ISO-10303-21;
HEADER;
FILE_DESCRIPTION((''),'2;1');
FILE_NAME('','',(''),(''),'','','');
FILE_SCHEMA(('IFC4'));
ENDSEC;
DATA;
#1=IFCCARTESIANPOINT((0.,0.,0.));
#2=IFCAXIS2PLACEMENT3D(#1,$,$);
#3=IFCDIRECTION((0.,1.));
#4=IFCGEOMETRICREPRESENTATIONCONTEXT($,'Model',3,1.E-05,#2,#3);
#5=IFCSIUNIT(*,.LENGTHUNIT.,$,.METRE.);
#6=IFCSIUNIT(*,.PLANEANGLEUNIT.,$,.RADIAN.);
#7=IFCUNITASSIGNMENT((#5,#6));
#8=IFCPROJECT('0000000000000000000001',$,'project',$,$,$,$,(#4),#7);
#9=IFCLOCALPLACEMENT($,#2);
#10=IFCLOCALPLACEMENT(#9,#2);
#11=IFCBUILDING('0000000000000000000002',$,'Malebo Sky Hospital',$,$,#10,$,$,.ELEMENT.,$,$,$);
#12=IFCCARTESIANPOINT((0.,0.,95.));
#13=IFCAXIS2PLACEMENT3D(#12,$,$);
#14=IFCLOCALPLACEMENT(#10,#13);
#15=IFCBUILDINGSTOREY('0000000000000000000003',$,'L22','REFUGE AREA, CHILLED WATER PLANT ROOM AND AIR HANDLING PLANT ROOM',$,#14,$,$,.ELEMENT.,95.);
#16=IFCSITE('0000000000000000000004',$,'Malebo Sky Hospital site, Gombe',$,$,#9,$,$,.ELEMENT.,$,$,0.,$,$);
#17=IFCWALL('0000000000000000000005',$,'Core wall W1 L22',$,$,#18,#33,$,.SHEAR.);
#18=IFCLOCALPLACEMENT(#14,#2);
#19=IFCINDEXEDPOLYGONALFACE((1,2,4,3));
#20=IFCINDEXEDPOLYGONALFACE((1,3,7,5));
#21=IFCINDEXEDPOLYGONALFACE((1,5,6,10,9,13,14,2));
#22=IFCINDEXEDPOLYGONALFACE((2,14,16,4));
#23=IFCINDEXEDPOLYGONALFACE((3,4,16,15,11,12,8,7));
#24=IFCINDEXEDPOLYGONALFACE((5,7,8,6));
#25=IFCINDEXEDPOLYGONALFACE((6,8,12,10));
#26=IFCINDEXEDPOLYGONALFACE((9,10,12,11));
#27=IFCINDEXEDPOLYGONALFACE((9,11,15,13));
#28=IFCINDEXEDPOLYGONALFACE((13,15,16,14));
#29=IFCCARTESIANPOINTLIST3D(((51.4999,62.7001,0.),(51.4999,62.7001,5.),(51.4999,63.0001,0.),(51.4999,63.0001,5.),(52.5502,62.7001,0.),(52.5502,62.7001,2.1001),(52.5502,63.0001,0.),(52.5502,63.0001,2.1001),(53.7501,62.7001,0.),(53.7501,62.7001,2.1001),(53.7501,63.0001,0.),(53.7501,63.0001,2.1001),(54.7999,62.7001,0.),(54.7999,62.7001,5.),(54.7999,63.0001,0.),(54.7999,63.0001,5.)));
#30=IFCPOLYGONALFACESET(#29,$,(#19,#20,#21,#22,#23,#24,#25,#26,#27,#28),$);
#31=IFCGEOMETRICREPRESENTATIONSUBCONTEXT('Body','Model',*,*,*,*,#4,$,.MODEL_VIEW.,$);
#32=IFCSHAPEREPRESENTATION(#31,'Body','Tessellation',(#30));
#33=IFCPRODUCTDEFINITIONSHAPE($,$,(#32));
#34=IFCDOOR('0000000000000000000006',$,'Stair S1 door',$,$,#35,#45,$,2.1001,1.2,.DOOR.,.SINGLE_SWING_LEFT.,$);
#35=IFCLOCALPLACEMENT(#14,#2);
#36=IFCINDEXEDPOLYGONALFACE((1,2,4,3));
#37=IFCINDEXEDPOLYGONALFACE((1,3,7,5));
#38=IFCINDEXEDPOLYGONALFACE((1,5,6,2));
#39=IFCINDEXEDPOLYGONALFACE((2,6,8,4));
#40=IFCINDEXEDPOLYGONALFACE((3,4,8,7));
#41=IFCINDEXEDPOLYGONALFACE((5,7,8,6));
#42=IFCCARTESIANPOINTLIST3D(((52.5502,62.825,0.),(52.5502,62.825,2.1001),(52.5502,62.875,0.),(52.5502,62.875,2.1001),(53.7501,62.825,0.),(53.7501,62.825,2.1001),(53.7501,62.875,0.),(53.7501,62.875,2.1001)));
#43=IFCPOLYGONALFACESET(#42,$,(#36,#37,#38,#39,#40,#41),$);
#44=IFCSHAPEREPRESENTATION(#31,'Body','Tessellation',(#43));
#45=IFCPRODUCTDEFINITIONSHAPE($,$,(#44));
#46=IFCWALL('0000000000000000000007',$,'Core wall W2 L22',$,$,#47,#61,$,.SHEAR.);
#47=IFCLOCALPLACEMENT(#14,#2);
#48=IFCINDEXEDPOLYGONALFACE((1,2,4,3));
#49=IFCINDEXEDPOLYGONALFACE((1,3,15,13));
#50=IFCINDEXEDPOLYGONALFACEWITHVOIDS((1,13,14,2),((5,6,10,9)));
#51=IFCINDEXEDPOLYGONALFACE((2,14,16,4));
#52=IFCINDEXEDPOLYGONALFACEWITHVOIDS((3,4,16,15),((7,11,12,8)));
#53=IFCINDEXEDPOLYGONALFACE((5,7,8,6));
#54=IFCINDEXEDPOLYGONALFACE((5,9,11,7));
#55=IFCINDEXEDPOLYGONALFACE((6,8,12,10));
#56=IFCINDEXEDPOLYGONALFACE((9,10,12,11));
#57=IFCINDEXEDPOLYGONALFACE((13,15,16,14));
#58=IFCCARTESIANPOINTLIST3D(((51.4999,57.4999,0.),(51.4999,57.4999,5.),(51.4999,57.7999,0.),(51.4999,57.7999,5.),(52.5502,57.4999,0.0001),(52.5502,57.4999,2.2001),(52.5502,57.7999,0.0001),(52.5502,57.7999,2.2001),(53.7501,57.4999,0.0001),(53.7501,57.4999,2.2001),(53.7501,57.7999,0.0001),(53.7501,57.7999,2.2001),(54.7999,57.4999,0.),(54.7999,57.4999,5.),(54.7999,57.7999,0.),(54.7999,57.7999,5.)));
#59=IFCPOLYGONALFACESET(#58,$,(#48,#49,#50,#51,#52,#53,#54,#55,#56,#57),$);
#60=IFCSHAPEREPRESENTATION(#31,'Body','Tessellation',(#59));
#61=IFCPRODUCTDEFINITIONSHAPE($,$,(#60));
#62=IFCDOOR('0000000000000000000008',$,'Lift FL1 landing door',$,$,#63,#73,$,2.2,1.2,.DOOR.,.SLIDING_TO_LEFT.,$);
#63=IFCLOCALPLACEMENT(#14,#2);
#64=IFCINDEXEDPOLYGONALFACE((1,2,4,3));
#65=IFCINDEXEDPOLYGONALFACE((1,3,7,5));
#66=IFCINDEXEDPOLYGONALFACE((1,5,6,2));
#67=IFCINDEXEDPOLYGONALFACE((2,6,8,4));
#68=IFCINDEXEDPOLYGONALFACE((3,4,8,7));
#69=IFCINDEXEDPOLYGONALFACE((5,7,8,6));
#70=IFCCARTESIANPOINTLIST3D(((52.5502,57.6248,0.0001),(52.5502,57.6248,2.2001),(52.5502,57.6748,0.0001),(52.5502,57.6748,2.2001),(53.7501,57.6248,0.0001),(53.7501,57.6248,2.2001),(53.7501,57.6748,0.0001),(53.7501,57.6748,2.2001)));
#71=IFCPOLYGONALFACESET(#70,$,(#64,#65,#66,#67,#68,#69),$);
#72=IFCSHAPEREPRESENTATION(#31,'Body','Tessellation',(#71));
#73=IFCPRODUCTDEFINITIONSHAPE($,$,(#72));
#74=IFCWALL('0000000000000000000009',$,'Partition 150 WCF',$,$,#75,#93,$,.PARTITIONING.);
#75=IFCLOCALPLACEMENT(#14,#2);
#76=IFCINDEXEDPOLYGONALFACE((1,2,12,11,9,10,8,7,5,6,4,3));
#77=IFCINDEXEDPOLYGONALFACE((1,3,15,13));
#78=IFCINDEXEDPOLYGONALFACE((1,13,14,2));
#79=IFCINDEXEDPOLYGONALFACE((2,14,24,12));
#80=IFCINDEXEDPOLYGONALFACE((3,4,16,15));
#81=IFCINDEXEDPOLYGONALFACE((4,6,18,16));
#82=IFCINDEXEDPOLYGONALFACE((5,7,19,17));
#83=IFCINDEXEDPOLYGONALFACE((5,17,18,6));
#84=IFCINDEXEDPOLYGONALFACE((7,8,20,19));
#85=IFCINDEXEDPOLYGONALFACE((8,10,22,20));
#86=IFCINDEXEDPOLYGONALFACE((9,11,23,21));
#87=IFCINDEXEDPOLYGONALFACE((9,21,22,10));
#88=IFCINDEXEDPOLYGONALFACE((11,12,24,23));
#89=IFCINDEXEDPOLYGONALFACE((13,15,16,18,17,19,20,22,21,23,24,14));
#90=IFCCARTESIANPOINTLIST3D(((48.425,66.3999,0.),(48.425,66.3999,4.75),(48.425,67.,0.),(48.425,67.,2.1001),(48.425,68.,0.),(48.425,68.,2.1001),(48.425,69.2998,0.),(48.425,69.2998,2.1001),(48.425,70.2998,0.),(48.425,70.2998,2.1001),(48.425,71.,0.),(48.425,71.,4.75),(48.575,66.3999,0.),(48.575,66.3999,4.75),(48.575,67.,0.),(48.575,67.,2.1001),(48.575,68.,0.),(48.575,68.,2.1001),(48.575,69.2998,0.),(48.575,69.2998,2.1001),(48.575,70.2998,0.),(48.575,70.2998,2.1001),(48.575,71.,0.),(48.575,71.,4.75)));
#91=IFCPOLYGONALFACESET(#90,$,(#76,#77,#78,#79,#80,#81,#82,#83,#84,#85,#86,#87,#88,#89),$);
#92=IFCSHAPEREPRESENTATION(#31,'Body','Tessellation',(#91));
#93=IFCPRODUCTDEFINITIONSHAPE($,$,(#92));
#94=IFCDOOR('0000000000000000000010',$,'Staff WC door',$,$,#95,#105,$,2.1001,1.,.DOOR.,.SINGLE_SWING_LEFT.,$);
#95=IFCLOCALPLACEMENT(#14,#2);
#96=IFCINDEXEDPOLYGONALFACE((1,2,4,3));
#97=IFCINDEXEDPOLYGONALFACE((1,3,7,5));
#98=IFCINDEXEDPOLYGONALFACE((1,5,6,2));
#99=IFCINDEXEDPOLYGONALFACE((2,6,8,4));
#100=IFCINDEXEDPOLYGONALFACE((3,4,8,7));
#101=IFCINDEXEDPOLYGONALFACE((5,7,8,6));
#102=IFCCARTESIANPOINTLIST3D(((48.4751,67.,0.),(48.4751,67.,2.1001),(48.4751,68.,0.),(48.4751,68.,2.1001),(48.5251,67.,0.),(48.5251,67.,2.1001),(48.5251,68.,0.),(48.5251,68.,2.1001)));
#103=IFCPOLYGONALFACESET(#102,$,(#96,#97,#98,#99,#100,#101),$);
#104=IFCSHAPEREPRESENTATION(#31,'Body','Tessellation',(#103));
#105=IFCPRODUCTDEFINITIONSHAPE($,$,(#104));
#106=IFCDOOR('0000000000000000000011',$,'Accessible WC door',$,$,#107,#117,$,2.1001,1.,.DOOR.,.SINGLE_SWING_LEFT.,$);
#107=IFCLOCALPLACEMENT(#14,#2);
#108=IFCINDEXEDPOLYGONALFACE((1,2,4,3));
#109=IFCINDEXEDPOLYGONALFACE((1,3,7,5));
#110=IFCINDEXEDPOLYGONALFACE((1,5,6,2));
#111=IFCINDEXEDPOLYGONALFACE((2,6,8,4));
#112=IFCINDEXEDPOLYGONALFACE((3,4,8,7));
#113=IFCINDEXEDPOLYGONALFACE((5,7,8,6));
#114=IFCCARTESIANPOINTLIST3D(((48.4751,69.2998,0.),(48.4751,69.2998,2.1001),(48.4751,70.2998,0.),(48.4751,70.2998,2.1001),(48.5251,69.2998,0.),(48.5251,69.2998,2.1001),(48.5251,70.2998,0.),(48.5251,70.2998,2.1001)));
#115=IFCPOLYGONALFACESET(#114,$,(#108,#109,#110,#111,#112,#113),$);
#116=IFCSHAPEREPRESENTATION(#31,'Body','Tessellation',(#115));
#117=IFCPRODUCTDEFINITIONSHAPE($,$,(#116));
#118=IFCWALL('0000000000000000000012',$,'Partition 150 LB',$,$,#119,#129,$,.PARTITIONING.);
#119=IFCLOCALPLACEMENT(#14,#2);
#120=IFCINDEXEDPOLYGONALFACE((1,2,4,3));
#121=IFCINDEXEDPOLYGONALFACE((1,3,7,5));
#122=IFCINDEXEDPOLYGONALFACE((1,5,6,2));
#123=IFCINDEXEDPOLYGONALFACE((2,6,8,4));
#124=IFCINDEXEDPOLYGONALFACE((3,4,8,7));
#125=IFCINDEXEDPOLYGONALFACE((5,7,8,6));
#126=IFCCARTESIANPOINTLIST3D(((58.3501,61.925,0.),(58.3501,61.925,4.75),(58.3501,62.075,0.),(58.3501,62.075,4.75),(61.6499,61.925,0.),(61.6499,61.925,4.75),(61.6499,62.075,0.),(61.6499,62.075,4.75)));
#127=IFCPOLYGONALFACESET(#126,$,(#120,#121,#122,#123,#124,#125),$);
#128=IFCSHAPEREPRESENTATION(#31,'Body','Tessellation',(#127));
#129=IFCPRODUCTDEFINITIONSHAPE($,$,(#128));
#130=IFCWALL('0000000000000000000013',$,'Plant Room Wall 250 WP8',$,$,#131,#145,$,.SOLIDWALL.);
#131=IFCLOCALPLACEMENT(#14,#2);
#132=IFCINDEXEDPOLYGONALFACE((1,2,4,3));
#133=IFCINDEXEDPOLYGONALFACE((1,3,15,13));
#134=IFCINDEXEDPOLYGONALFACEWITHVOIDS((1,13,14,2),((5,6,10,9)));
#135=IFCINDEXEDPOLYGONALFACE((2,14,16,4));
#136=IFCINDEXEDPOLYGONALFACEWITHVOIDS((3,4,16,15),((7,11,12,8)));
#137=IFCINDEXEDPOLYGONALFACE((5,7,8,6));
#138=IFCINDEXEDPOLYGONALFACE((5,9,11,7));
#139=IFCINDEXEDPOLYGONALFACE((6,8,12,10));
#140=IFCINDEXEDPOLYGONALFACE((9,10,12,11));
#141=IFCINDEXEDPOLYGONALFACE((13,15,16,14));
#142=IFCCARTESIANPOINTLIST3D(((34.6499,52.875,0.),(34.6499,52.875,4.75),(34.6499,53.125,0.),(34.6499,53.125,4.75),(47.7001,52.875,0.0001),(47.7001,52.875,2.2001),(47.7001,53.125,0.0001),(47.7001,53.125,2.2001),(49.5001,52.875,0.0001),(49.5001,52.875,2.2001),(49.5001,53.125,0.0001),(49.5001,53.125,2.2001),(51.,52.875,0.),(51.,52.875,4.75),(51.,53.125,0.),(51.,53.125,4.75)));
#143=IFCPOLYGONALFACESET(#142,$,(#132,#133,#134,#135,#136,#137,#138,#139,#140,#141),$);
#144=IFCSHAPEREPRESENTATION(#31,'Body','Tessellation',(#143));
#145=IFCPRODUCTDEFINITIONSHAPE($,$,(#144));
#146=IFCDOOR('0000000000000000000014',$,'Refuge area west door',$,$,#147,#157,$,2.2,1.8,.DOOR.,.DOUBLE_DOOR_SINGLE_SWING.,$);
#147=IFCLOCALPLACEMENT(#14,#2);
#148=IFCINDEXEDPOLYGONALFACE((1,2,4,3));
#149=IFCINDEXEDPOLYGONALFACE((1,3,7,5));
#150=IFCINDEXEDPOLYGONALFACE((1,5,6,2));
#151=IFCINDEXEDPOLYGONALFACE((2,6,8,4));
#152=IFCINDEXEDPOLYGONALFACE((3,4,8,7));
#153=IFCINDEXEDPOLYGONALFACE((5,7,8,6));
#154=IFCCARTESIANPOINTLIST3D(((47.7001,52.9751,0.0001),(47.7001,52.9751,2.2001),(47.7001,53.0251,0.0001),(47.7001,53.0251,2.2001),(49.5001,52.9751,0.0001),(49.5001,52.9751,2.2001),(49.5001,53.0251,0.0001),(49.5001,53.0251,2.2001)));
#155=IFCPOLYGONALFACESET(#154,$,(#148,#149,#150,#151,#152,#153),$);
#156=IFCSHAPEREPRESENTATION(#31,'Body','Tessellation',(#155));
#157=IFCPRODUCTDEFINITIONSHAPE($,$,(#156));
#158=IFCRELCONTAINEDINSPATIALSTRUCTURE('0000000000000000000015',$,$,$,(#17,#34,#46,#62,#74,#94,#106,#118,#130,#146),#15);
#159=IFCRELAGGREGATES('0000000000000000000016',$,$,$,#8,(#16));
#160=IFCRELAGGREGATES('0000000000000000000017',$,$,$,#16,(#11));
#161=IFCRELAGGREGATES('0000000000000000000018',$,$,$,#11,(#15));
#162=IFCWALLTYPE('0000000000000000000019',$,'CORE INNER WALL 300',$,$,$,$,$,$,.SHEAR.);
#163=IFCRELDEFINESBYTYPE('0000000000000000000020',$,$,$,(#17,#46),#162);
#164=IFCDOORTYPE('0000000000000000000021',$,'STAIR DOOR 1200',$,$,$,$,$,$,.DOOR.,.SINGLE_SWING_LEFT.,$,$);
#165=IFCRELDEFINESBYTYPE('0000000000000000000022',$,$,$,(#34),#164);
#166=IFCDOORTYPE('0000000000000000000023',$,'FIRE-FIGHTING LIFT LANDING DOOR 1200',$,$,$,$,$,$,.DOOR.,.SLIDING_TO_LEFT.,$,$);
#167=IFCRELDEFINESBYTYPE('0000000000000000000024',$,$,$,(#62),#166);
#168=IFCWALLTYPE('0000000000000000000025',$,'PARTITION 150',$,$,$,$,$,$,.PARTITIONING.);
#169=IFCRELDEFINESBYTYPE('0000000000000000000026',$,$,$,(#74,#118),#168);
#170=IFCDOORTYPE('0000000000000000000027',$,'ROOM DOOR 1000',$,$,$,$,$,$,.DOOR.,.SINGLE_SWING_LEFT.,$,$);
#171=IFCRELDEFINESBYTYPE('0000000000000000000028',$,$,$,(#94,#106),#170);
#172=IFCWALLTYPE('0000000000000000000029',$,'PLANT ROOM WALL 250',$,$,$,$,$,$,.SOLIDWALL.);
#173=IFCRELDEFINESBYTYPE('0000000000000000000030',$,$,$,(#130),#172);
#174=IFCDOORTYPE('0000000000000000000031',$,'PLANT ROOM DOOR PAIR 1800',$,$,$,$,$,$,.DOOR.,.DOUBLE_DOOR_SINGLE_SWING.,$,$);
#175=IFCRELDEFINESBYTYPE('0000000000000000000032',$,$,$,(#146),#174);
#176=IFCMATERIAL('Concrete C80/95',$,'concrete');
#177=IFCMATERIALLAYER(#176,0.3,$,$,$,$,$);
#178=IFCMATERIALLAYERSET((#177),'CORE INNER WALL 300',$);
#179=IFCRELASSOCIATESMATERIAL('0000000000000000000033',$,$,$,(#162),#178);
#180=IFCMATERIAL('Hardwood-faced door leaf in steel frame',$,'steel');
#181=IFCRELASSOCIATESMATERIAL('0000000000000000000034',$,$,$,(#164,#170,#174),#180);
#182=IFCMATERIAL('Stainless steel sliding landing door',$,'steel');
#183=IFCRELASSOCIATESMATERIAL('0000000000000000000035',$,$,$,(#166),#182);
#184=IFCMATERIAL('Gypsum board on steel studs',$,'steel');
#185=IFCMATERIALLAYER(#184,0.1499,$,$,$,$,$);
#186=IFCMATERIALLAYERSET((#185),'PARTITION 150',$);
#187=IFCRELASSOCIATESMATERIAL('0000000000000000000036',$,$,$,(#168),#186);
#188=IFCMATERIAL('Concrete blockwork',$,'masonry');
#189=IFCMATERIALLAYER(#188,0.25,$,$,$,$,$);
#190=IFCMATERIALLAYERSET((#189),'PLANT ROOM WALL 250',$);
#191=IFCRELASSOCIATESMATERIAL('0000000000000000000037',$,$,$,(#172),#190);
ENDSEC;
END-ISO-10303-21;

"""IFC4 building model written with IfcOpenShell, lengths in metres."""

from ifc_helpers import new_model, si_unit, direction, frame, frame_2d, origin, place, context, subcontext, project, spatial, rectangle, extrude, material, layer, layer_set, type_object, element, fill, save


model = new_model("IFC4")

# Units and contexts
model_context = context("Model", 3, precision=1e-05, world=origin(), true_north=direction((0.0, 1.0)))
body_context = subcontext(model_context, "Body", "Model", "MODEL_VIEW")
ifc_project = project(units=[si_unit("LENGTHUNIT", "METRE"), si_unit("PLANEANGLEUNIT", "RADIAN")], contexts=[model_context])

# Site, building, storey
site_placement = place(None, origin())
site = spatial("IfcSite", under=ifc_project, at=site_placement, Name="Malebo Sky Hospital site, Gombe", CompositionType="ELEMENT", RefElevation=0.0)
building_placement = place(site_placement, origin())
building = spatial("IfcBuilding", under=site, at=building_placement, Name="Malebo Sky Hospital", CompositionType="ELEMENT")
storey_placement = place(building_placement, frame((0.0, 0.0, 95.0)))
storey = spatial("IfcBuildingStorey", under=building, at=storey_placement, Name="L22", Description="REFUGE AREA, CHILLED WATER PLANT ROOM AND AIR HANDLING PLANT ROOM", CompositionType="ELEMENT", Elevation=95.0)

# Walls, openings, doors
ifc_material_1 = material(Name="Concrete C80/95", Category="concrete")
ifc_layer_1 = layer(ifc_material_1, 0.3)
ifc_layer_set_1 = layer_set([ifc_layer_1], Name="CORE INNER WALL 300")
wall_type_1 = type_object("IfcWallType", Name="CORE INNER WALL 300", PredefinedType="SHEAR", material=ifc_layer_set_1)
wall_1_placement = place(storey_placement, frame((51.5, 62.8501, 0.0), z_axis=(0.0, 0.0, 1.0), x_axis=(1.0, 0.0, 0.0)))
wall_1 = element("IfcWall", 1, at=wall_1_placement, inside=storey, type_object=wall_type_1, Name="Core wall W1 L22", PredefinedType="SHEAR", context=body_context, shape_type="SweptSolid", body=[
    extrude(rectangle(XDim=3.3, YDim=0.3, at=frame_2d((1.6499, 0.0))), origin(), (0.0, 0.0, 1.0), 5.0),
])
opening_1_placement = place(wall_1_placement, frame((1.05, 0.0, 0.0)))
opening_1 = element("IfcOpeningElement", 2, at=opening_1_placement, cuts=wall_1, PredefinedType="OPENING", context=body_context, shape_type="SweptSolid", body=[
    extrude(rectangle(XDim=1.2, YDim=2.1001, at=frame_2d((0.6001, 1.05))), frame((0.0, 0.1599, 0.0), z_axis=(0.0, -1.0, 0.0), x_axis=(1.0, 0.0, 0.0)), (0.0, 0.0, 1.0), 0.3201),
])
ifc_material_2 = material(Name="Hardwood-faced door leaf in steel frame", Category="steel")
door_type_1 = type_object("IfcDoorType", Name="STAIR DOOR 1200", OperationType="SINGLE_SWING_LEFT", PredefinedType="DOOR", material=ifc_material_2)
door_1_placement = place(opening_1_placement, origin())
door_1 = element("IfcDoor", 3, at=door_1_placement, inside=storey, type_object=door_type_1, Name="Stair S1 door", OperationType="SINGLE_SWING_LEFT", OverallHeight=2.1001, OverallWidth=1.2, PredefinedType="DOOR", context=body_context, shape_type="SweptSolid", body=[
    extrude(rectangle(XDim=1.2, YDim=2.1001, at=frame_2d((0.6001, 1.05))), frame((0.0, 0.0249, 0.0), z_axis=(0.0, -1.0, 0.0), x_axis=(1.0, 0.0, 0.0)), (0.0, 0.0, 1.0), 0.05),
])
fill(opening_1, door_1)
wall_2_placement = place(storey_placement, frame((51.5, 57.6499, 0.0), z_axis=(0.0, 0.0, 1.0), x_axis=(1.0, 0.0, 0.0)))
wall_2 = element("IfcWall", 4, at=wall_2_placement, inside=storey, type_object=wall_type_1, Name="Core wall W2 L22", PredefinedType="SHEAR", context=body_context, shape_type="SweptSolid", body=[
    extrude(rectangle(XDim=3.3, YDim=0.3, at=frame_2d((1.6499, 0.0))), origin(), (0.0, 0.0, 1.0), 5.0),
])
opening_2_placement = place(wall_2_placement, frame((1.05, 0.0, 0.0)))
opening_2 = element("IfcOpeningElement", 5, at=opening_2_placement, cuts=wall_2, PredefinedType="OPENING", context=body_context, shape_type="SweptSolid", body=[
    extrude(rectangle(XDim=1.2, YDim=2.2, at=frame_2d((0.6001, 1.1001))), frame((0.0, 0.1599, 0.0), z_axis=(0.0, -1.0, 0.0), x_axis=(1.0, 0.0, 0.0)), (0.0, 0.0, 1.0), 0.3201),
])
ifc_material_3 = material(Name="Stainless steel sliding landing door", Category="steel")
door_type_2 = type_object("IfcDoorType", Name="FIRE-FIGHTING LIFT LANDING DOOR 1200", OperationType="SLIDING_TO_LEFT", PredefinedType="DOOR", material=ifc_material_3)
door_2_placement = place(opening_2_placement, origin())
door_2 = element("IfcDoor", 6, at=door_2_placement, inside=storey, type_object=door_type_2, Name="Lift FL1 landing door", OperationType="SLIDING_TO_LEFT", OverallHeight=2.2, OverallWidth=1.2, PredefinedType="DOOR", context=body_context, shape_type="SweptSolid", body=[
    extrude(rectangle(XDim=1.2, YDim=2.2, at=frame_2d((0.6001, 1.1001))), frame((0.0, 0.0249, 0.0), z_axis=(0.0, -1.0, 0.0), x_axis=(1.0, 0.0, 0.0)), (0.0, 0.0, 1.0), 0.05),
])
fill(opening_2, door_2)

# Wall, openings, doors
ifc_material_4 = material(Name="Gypsum board on steel studs", Category="steel")
ifc_layer_2 = layer(ifc_material_4, 0.1499)
ifc_layer_set_2 = layer_set([ifc_layer_2], Name="PARTITION 150")
wall_type_2 = type_object("IfcWallType", Name="PARTITION 150", PredefinedType="PARTITIONING", material=ifc_layer_set_2)
wall_3_placement = place(storey_placement, frame((48.5, 66.3999, 0.0), z_axis=(0.0, 0.0, 1.0), x_axis=(0.0, 1.0, 0.0)))
wall_3 = element("IfcWall", 7, at=wall_3_placement, inside=storey, type_object=wall_type_2, Name="Partition 150 WCF", PredefinedType="PARTITIONING", context=body_context, shape_type="SweptSolid", body=[
    extrude(rectangle(XDim=4.6001, YDim=0.1499, at=frame_2d((2.3, 0.0))), origin(), (0.0, 0.0, 1.0), 4.75),
])
opening_3_placement = place(wall_3_placement, frame((0.6001, 0.0, 0.0)))
opening_3 = element("IfcOpeningElement", 8, at=opening_3_placement, cuts=wall_3, PredefinedType="OPENING", context=body_context, shape_type="SweptSolid", body=[
    extrude(rectangle(XDim=1.0, YDim=2.1001, at=frame_2d((0.5, 1.05))), frame((0.0, 0.085, 0.0), z_axis=(0.0, -1.0, 0.0), x_axis=(1.0, 0.0, 0.0)), (0.0, 0.0, 1.0), 0.1699),
])
opening_4_placement = place(wall_3_placement, frame((2.8999, 0.0, 0.0)))
opening_4 = element("IfcOpeningElement", 9, at=opening_4_placement, cuts=wall_3, PredefinedType="OPENING", context=body_context, shape_type="SweptSolid", body=[
    extrude(rectangle(XDim=1.0, YDim=2.1001, at=frame_2d((0.5, 1.05))), frame((0.0, 0.085, 0.0), z_axis=(0.0, -1.0, 0.0), x_axis=(1.0, 0.0, 0.0)), (0.0, 0.0, 1.0), 0.1699),
])
door_type_3 = type_object("IfcDoorType", Name="ROOM DOOR 1000", OperationType="SINGLE_SWING_LEFT", PredefinedType="DOOR", material=ifc_material_2)
door_3_placement = place(opening_3_placement, origin())
door_3 = element("IfcDoor", 10, at=door_3_placement, inside=storey, type_object=door_type_3, Name="Staff WC door", OperationType="SINGLE_SWING_LEFT", OverallHeight=2.1001, OverallWidth=1.0, PredefinedType="DOOR", context=body_context, shape_type="SweptSolid", body=[
    extrude(rectangle(XDim=1.0, YDim=2.1001, at=frame_2d((0.5, 1.05))), frame((0.0, 0.0249, 0.0), z_axis=(0.0, -1.0, 0.0), x_axis=(1.0, 0.0, 0.0)), (0.0, 0.0, 1.0), 0.05),
])
fill(opening_3, door_3)
door_4_placement = place(opening_4_placement, origin())
door_4 = element("IfcDoor", 11, at=door_4_placement, inside=storey, type_object=door_type_3, Name="Accessible WC door", OperationType="SINGLE_SWING_LEFT", OverallHeight=2.1001, OverallWidth=1.0, PredefinedType="DOOR", context=body_context, shape_type="SweptSolid", body=[
    extrude(rectangle(XDim=1.0, YDim=2.1001, at=frame_2d((0.5, 1.05))), frame((0.0, 0.0249, 0.0), z_axis=(0.0, -1.0, 0.0), x_axis=(1.0, 0.0, 0.0)), (0.0, 0.0, 1.0), 0.05),
])
fill(opening_4, door_4)

# Wall
wall_4_placement = place(storey_placement, frame((58.3501, 62.0, 0.0), z_axis=(0.0, 0.0, 1.0), x_axis=(1.0, 0.0, 0.0)))
element("IfcWall", 12, at=wall_4_placement, inside=storey, type_object=wall_type_2, Name="Partition 150 LB", PredefinedType="PARTITIONING", context=body_context, shape_type="SweptSolid", body=[
    extrude(rectangle(XDim=3.2998, YDim=0.1499, at=frame_2d((1.6499, 0.0))), origin(), (0.0, 0.0, 1.0), 4.75),
])

# Wall, opening, door
ifc_material_5 = material(Name="Concrete blockwork", Category="masonry")
ifc_layer_3 = layer(ifc_material_5, 0.25)
ifc_layer_set_3 = layer_set([ifc_layer_3], Name="PLANT ROOM WALL 250")
wall_type_3 = type_object("IfcWallType", Name="PLANT ROOM WALL 250", PredefinedType="SOLIDWALL", material=ifc_layer_set_3)
wall_5_placement = place(storey_placement, frame((51.0, 53.0, 0.0), z_axis=(0.0, 0.0, 1.0), x_axis=(-1.0, 0.0, 0.0)))
wall_5 = element("IfcWall", 13, at=wall_5_placement, inside=storey, type_object=wall_type_3, Name="Plant Room Wall 250 WP8", PredefinedType="SOLIDWALL", context=body_context, shape_type="SweptSolid", body=[
    extrude(rectangle(XDim=16.3501, YDim=0.25, at=frame_2d((8.175, 0.0))), origin(), (0.0, 0.0, 1.0), 4.75),
])
opening_5_placement = place(wall_5_placement, frame((1.5, 0.0, 0.0)))
opening_5 = element("IfcOpeningElement", 14, at=opening_5_placement, cuts=wall_5, PredefinedType="OPENING", context=body_context, shape_type="SweptSolid", body=[
    extrude(rectangle(XDim=1.8, YDim=2.2, at=frame_2d((0.8999, 1.1001))), frame((0.0, 0.135, 0.0), z_axis=(0.0, -1.0, 0.0), x_axis=(1.0, 0.0, 0.0)), (0.0, 0.0, 1.0), 0.27),
])
door_type_4 = type_object("IfcDoorType", Name="PLANT ROOM DOOR PAIR 1800", OperationType="DOUBLE_DOOR_SINGLE_SWING", PredefinedType="DOOR", material=ifc_material_2)
door_5_placement = place(opening_5_placement, origin())
door_5 = element("IfcDoor", 15, at=door_5_placement, inside=storey, type_object=door_type_4, Name="Refuge area west door", OperationType="DOUBLE_DOOR_SINGLE_SWING", OverallHeight=2.2, OverallWidth=1.8, PredefinedType="DOOR", context=body_context, shape_type="SweptSolid", body=[
    extrude(rectangle(XDim=1.8, YDim=2.2, at=frame_2d((0.8999, 1.1001))), frame((0.0, 0.0249, 0.0), z_axis=(0.0, -1.0, 0.0), x_axis=(1.0, 0.0, 0.0)), (0.0, 0.0, 1.0), 0.05),
])
fill(opening_5, door_5)

save(model, "model.ifc")
